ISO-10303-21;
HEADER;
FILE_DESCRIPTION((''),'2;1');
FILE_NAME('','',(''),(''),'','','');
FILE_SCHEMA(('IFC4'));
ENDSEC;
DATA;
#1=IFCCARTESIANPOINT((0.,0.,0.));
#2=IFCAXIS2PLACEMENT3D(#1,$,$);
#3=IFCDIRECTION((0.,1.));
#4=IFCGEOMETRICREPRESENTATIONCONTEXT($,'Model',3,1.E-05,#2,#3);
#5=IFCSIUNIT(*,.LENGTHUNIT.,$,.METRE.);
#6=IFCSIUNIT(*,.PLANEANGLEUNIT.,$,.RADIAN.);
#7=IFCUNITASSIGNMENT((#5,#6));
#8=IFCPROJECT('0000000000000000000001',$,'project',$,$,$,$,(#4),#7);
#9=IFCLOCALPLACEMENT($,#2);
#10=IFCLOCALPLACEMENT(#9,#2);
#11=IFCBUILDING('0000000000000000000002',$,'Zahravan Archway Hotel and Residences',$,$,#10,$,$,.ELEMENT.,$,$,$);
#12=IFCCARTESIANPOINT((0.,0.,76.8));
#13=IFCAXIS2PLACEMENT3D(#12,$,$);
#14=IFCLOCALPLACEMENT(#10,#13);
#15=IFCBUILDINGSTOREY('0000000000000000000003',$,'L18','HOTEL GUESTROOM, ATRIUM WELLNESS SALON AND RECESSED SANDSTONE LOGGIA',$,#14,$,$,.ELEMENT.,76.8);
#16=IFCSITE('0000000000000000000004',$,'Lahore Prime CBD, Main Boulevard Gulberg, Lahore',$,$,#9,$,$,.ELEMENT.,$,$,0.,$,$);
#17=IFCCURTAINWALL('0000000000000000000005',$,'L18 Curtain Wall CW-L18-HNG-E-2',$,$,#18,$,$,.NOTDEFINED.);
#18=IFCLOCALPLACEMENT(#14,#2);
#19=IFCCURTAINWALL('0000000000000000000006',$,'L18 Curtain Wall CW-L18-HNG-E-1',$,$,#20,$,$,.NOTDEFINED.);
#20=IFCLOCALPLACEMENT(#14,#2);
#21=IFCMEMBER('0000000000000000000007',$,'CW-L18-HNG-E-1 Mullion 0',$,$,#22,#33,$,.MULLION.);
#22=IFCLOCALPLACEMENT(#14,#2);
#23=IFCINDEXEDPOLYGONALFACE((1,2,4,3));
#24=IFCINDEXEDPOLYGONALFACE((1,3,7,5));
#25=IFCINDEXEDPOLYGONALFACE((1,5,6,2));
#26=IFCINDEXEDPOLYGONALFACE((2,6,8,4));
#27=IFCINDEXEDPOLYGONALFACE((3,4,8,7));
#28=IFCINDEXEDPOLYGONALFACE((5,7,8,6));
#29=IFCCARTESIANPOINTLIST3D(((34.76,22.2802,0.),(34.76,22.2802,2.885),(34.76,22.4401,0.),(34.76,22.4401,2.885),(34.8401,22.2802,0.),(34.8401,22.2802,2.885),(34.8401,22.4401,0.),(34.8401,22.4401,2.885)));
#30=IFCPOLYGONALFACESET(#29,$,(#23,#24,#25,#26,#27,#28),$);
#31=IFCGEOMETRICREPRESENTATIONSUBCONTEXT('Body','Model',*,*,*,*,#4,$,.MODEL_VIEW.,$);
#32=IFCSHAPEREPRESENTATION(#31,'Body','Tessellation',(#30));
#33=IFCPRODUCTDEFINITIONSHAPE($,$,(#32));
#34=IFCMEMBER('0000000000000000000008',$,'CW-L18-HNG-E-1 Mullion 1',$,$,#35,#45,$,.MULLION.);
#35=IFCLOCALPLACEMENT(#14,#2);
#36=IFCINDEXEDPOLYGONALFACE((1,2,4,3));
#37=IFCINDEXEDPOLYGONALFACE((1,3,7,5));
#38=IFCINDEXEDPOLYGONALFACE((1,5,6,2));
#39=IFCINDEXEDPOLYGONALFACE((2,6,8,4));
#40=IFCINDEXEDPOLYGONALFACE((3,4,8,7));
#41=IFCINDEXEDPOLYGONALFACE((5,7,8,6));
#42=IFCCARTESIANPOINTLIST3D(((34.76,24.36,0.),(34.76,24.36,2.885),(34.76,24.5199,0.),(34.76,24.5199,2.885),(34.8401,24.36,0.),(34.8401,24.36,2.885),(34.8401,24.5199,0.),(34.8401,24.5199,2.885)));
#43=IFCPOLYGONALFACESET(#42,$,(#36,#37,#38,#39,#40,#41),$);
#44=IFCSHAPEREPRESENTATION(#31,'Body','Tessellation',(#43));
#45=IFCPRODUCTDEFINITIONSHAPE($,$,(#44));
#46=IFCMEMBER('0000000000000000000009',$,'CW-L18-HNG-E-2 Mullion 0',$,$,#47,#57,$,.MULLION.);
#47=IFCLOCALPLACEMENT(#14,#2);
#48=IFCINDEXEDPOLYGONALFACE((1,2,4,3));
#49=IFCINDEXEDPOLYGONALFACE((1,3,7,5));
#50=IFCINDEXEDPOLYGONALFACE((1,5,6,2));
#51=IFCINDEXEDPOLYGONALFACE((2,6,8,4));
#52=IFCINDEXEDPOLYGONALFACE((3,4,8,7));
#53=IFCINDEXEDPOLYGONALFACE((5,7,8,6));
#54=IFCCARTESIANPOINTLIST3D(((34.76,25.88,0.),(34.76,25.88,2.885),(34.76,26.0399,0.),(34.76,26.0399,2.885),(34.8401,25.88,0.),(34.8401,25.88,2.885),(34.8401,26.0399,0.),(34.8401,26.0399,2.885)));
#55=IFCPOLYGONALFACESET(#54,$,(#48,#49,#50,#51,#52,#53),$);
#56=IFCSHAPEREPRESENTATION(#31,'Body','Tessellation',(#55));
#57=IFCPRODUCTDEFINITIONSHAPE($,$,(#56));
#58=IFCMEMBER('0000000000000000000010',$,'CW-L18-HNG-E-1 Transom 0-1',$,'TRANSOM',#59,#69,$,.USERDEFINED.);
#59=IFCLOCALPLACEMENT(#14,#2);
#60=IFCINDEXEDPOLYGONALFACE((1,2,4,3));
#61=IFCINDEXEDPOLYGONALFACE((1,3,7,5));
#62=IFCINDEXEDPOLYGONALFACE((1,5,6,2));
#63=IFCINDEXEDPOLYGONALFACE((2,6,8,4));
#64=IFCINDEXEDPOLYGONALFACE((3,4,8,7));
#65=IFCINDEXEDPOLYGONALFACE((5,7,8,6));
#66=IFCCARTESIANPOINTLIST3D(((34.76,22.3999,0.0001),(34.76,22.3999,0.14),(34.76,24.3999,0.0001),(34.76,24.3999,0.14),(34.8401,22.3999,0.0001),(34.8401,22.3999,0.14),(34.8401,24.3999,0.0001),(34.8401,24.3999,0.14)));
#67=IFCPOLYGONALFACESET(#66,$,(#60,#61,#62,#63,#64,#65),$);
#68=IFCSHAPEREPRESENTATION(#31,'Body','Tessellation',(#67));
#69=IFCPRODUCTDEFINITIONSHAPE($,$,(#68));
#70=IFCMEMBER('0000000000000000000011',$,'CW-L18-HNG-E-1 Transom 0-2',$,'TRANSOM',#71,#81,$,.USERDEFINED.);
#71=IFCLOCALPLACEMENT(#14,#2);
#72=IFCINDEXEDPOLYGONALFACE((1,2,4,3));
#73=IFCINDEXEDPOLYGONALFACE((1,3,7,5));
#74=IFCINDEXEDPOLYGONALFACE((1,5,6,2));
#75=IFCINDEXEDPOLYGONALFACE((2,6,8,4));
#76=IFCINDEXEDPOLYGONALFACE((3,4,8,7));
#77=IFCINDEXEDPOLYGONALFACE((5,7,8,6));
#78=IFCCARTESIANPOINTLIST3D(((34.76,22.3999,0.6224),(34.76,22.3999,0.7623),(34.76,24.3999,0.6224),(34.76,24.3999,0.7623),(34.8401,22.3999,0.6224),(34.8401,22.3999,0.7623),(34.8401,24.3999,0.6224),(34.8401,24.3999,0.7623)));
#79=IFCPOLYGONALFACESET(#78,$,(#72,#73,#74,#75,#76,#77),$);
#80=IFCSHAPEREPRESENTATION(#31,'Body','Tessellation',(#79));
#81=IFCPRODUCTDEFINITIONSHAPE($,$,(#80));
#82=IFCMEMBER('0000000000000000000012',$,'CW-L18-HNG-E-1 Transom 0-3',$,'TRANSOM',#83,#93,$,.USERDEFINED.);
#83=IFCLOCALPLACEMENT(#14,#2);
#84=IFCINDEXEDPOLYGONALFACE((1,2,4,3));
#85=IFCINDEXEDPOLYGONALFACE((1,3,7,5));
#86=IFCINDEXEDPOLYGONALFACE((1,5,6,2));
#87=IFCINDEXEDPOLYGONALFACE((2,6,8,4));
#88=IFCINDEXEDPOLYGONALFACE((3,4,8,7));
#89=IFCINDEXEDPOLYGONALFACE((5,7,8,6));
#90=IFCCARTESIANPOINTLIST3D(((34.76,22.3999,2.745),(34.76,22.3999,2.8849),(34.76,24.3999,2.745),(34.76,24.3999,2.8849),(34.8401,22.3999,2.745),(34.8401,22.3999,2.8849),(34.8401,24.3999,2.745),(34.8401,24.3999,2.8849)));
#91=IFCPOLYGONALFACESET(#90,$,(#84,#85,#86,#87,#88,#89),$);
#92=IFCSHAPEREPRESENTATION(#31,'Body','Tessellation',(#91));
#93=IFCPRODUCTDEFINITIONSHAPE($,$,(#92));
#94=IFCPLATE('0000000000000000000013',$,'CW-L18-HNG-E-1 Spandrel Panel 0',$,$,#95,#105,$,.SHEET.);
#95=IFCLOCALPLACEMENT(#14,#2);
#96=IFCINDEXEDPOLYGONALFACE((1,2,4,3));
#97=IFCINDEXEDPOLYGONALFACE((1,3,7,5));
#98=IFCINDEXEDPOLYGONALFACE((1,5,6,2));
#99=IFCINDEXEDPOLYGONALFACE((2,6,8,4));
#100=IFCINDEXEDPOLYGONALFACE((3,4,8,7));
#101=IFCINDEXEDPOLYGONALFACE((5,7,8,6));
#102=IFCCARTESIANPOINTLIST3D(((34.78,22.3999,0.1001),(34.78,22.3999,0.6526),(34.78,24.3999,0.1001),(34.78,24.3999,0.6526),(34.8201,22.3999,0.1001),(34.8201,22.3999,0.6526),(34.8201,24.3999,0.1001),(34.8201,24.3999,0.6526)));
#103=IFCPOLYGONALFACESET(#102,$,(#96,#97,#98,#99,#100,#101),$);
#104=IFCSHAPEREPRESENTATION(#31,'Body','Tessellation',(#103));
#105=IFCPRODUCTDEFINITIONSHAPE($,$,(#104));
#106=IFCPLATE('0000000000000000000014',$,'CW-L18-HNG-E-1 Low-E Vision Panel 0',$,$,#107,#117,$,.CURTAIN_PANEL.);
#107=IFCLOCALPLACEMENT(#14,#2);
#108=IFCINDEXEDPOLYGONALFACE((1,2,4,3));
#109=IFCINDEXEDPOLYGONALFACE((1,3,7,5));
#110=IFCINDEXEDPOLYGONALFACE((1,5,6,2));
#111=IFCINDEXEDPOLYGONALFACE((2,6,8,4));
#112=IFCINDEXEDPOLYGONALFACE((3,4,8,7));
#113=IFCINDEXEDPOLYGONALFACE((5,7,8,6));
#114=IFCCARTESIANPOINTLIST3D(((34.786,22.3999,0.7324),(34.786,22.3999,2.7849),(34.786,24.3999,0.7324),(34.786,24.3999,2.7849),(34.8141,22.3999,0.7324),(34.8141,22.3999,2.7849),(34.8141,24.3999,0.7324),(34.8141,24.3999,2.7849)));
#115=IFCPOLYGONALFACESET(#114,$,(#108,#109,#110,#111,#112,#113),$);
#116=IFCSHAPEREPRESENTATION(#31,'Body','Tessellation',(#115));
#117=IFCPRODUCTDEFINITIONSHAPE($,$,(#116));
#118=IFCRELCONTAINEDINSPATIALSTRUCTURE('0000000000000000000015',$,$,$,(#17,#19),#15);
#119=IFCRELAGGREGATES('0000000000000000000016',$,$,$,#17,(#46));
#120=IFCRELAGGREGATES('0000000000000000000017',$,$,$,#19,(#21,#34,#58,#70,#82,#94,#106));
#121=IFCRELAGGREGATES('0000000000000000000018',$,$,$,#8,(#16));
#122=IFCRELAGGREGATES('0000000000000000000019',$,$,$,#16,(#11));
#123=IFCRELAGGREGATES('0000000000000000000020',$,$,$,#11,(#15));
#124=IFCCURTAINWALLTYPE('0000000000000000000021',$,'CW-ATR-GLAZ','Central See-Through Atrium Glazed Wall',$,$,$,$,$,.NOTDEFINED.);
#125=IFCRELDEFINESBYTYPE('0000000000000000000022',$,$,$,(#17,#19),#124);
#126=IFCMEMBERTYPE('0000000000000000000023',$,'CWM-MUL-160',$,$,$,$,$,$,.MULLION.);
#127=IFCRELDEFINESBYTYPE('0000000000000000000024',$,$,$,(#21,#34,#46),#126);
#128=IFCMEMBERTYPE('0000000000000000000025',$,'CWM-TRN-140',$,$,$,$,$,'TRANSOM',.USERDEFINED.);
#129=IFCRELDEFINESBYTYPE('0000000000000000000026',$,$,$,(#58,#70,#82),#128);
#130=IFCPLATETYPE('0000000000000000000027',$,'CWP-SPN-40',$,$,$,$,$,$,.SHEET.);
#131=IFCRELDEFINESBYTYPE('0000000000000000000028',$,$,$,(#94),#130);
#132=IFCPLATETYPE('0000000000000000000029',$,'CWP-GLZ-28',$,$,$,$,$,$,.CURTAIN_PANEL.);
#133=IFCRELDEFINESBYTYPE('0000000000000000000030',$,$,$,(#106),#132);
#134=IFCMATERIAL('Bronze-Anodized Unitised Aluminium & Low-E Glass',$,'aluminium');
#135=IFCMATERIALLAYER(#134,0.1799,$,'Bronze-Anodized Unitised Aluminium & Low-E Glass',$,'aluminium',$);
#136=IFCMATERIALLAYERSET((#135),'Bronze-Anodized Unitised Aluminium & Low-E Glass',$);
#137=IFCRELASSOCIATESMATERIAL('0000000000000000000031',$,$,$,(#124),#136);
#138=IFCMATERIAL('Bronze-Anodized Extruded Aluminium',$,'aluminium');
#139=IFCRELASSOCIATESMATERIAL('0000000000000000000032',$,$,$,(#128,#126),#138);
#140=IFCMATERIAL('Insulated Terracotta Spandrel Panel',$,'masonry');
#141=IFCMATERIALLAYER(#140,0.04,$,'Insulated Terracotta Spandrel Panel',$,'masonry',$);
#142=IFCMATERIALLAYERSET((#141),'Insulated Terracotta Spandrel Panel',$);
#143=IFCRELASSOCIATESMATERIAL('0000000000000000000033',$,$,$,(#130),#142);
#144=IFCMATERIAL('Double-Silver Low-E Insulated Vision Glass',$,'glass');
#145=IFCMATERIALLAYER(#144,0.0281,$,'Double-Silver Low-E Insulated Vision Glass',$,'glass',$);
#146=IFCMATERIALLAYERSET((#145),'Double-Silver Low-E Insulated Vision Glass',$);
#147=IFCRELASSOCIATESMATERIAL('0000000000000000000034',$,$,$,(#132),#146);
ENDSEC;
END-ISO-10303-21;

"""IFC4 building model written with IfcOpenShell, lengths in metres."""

from ifc_helpers import new_model, si_unit, direction, frame, origin, origin_2d, place, context, subcontext, project, spatial, rectangle, extrude, source, transform, mapped, material, layer, layer_set, material_profile, profile_set, type_object, element, aggregate, save


model = new_model("IFC4")

# Units and contexts
model_context = context("Model", 3, precision=1e-05, world=origin(), true_north=direction((0.0, 1.0)))
body_context = subcontext(model_context, "Body", "Model", "MODEL_VIEW")
ifc_project = project(units=[si_unit("LENGTHUNIT", "METRE"), si_unit("PLANEANGLEUNIT", "RADIAN")], contexts=[model_context])

# Site, building, storey
site_placement = place(None, origin())
site = spatial("IfcSite", under=ifc_project, at=site_placement, Name="Lahore Prime CBD, Main Boulevard Gulberg, Lahore", CompositionType="ELEMENT", RefElevation=0.0)
building_placement = place(site_placement, origin())
building = spatial("IfcBuilding", under=site, at=building_placement, Name="Zahravan Archway Hotel and Residences", CompositionType="ELEMENT")
storey_placement = place(building_placement, frame((0.0, 0.0, 76.8)))
storey = spatial("IfcBuildingStorey", under=building, at=storey_placement, Name="L18", Description="HOTEL GUESTROOM, ATRIUM WELLNESS SALON AND RECESSED SANDSTONE LOGGIA", CompositionType="ELEMENT", Elevation=76.8)

# Curtain walls, members
ifc_material_1 = material(Name="Bronze-Anodized Unitised Aluminium & Low-E Glass", Category="aluminium")
ifc_layer_1 = layer(ifc_material_1, 0.1799, Name="Bronze-Anodized Unitised Aluminium & Low-E Glass", Category="aluminium")
ifc_layer_set_1 = layer_set([ifc_layer_1], Name="Bronze-Anodized Unitised Aluminium & Low-E Glass")
curtain_wall_type = type_object("IfcCurtainWallType", Name="CW-ATR-GLAZ", Description="Central See-Through Atrium Glazed Wall", PredefinedType="NOTDEFINED", material=ifc_layer_set_1)
curtain_wall_1_placement = place(storey_placement, origin())
curtain_wall_1 = element("IfcCurtainWall", 1, at=curtain_wall_1_placement, inside=storey, type_object=curtain_wall_type, Name="L18 Curtain Wall CW-L18-HNG-E-2", PredefinedType="NOTDEFINED")
ifc_material_2 = material(Name="Bronze-Anodized Extruded Aluminium", Category="aluminium")
ifc_material_profile_1 = material_profile(ifc_material_2, rectangle(XDim=0.0801, YDim=0.1399, at=origin_2d()), Name="TRN 80x140", Category="aluminium")
ifc_profile_set_1 = profile_set([ifc_material_profile_1], Name="Bronze-Anodized Extruded Aluminium")
member_type_1 = type_object("IfcMemberType", Name="CWM-TRN-140", ElementType="TRANSOM", PredefinedType="USERDEFINED", material=ifc_profile_set_1)
curtain_wall_2_placement = place(storey_placement, origin())
curtain_wall_2 = element("IfcCurtainWall", 2, at=curtain_wall_2_placement, inside=storey, type_object=curtain_wall_type, Name="L18 Curtain Wall CW-L18-HNG-E-1", PredefinedType="NOTDEFINED")
ifc_material_profile_2 = material_profile(ifc_material_2, rectangle(XDim=0.0801, YDim=0.1599, at=origin_2d()), Name="MUL 80x160", Category="aluminium")
ifc_profile_set_2 = profile_set([ifc_material_profile_2], Name="Bronze-Anodized Extruded Aluminium")
member_type_2 = type_object("IfcMemberType", Name="CWM-MUL-160", PredefinedType="MULLION", material=ifc_profile_set_2)
shared_shape_1 = source(origin(), body_context, "Body", "SweptSolid", [
    extrude(rectangle(XDim=0.0801, YDim=0.1599, at=origin_2d()), origin(), (0.0, 0.0, 1.0), 2.885),
])
member_1_placement = place(storey_placement, frame((34.8, 22.3601, 0.0), z_axis=(0.0, 0.0, 1.0), x_axis=(1.0, 0.0, 0.0)))
member_1 = element("IfcMember", 3, at=member_1_placement, type_object=member_type_2, Name="CW-L18-HNG-E-1 Mullion 0", PredefinedType="MULLION", context=body_context, shape_type="MappedRepresentation", body=[
    mapped(shared_shape_1, transform((0.0, 0.0, 0.0), scale=1.0)),
])
member_2_placement = place(storey_placement, frame((34.8, 24.4399, 0.0), z_axis=(0.0, 0.0, 1.0), x_axis=(1.0, 0.0, 0.0)))
member_2 = element("IfcMember", 4, at=member_2_placement, type_object=member_type_2, Name="CW-L18-HNG-E-1 Mullion 1", PredefinedType="MULLION", context=body_context, shape_type="MappedRepresentation", body=[
    mapped(shared_shape_1, transform((0.0, 0.0, 0.0), scale=1.0)),
])

# Members
member_3_placement = place(storey_placement, frame((34.8, 25.96, 0.0), z_axis=(0.0, 0.0, 1.0), x_axis=(1.0, 0.0, 0.0)))
member_3 = element("IfcMember", 5, at=member_3_placement, type_object=member_type_2, Name="CW-L18-HNG-E-2 Mullion 0", PredefinedType="MULLION", context=body_context, shape_type="MappedRepresentation", body=[
    mapped(shared_shape_1, transform((0.0, 0.0, 0.0), scale=1.0)),
])
aggregate(curtain_wall_1, [member_3])
shared_shape_2 = source(origin(), body_context, "Body", "SweptSolid", [
    extrude(rectangle(XDim=0.0801, YDim=0.1399, at=origin_2d()), origin(), (0.0, 0.0, 1.0), 2.0),
])
member_4_placement = place(storey_placement, frame((34.8, 22.3999, 0.0701), z_axis=(0.0, 1.0, 0.0), x_axis=(-1.0, 0.0, 0.0)))
member_4 = element("IfcMember", 6, at=member_4_placement, type_object=member_type_1, Name="CW-L18-HNG-E-1 Transom 0-1", ObjectType="TRANSOM", PredefinedType="USERDEFINED", context=body_context, shape_type="MappedRepresentation", body=[
    mapped(shared_shape_2, transform((0.0, 0.0, 0.0), scale=1.0)),
])
member_5_placement = place(storey_placement, frame((34.8, 22.3999, 0.6924), z_axis=(0.0, 1.0, 0.0), x_axis=(-1.0, 0.0, 0.0)))
member_5 = element("IfcMember", 7, at=member_5_placement, type_object=member_type_1, Name="CW-L18-HNG-E-1 Transom 0-2", ObjectType="TRANSOM", PredefinedType="USERDEFINED", context=body_context, shape_type="MappedRepresentation", body=[
    mapped(shared_shape_2, transform((0.0, 0.0, 0.0), scale=1.0)),
])
member_6_placement = place(storey_placement, frame((34.8, 22.3999, 2.8149), z_axis=(0.0, 1.0, 0.0), x_axis=(-1.0, 0.0, 0.0)))
member_6 = element("IfcMember", 8, at=member_6_placement, type_object=member_type_1, Name="CW-L18-HNG-E-1 Transom 0-3", ObjectType="TRANSOM", PredefinedType="USERDEFINED", context=body_context, shape_type="MappedRepresentation", body=[
    mapped(shared_shape_2, transform((0.0, 0.0, 0.0), scale=1.0)),
])

# Plates
ifc_material_3 = material(Name="Insulated Terracotta Spandrel Panel", Category="masonry")
ifc_layer_2 = layer(ifc_material_3, 0.04, Name="Insulated Terracotta Spandrel Panel", Category="masonry")
ifc_layer_set_2 = layer_set([ifc_layer_2], Name="Insulated Terracotta Spandrel Panel")
plate_type_1 = type_object("IfcPlateType", Name="CWP-SPN-40", PredefinedType="SHEET", material=ifc_layer_set_2)
shared_shape_3 = source(origin(), body_context, "Body", "SweptSolid", [
    extrude(rectangle(XDim=2.0, YDim=0.04, at=origin_2d()), origin(), (0.0, 0.0, 1.0), 0.5525),
])
plate_1_placement = place(storey_placement, frame((34.8, 23.3999, 0.1001), z_axis=(0.0, 0.0, 1.0), x_axis=(0.0, 1.0, 0.0)))
plate_1 = element("IfcPlate", 9, at=plate_1_placement, type_object=plate_type_1, Name="CW-L18-HNG-E-1 Spandrel Panel 0", PredefinedType="SHEET", context=body_context, shape_type="MappedRepresentation", body=[
    mapped(shared_shape_3, transform((0.0, 0.0, 0.0), scale=1.0)),
])
ifc_material_4 = material(Name="Double-Silver Low-E Insulated Vision Glass", Category="glass")
ifc_layer_3 = layer(ifc_material_4, 0.0281, Name="Double-Silver Low-E Insulated Vision Glass", Category="glass")
ifc_layer_set_3 = layer_set([ifc_layer_3], Name="Double-Silver Low-E Insulated Vision Glass")
plate_type_2 = type_object("IfcPlateType", Name="CWP-GLZ-28", PredefinedType="CURTAIN_PANEL", material=ifc_layer_set_3)
shared_shape_4 = source(origin(), body_context, "Body", "SweptSolid", [
    extrude(rectangle(XDim=2.0, YDim=0.0281, at=origin_2d()), origin(), (0.0, 0.0, 1.0), 2.0525),
])
plate_2_placement = place(storey_placement, frame((34.8, 23.3999, 0.7324), z_axis=(0.0, 0.0, 1.0), x_axis=(0.0, 1.0, 0.0)))
plate_2 = element("IfcPlate", 10, at=plate_2_placement, type_object=plate_type_2, Name="CW-L18-HNG-E-1 Low-E Vision Panel 0", PredefinedType="CURTAIN_PANEL", context=body_context, shape_type="MappedRepresentation", body=[
    mapped(shared_shape_4, transform((0.0, 0.0, 0.0), scale=1.0)),
])
aggregate(curtain_wall_2, [member_1, member_2, member_4, member_5, member_6, plate_1, plate_2])

save(model, "model.ifc")
